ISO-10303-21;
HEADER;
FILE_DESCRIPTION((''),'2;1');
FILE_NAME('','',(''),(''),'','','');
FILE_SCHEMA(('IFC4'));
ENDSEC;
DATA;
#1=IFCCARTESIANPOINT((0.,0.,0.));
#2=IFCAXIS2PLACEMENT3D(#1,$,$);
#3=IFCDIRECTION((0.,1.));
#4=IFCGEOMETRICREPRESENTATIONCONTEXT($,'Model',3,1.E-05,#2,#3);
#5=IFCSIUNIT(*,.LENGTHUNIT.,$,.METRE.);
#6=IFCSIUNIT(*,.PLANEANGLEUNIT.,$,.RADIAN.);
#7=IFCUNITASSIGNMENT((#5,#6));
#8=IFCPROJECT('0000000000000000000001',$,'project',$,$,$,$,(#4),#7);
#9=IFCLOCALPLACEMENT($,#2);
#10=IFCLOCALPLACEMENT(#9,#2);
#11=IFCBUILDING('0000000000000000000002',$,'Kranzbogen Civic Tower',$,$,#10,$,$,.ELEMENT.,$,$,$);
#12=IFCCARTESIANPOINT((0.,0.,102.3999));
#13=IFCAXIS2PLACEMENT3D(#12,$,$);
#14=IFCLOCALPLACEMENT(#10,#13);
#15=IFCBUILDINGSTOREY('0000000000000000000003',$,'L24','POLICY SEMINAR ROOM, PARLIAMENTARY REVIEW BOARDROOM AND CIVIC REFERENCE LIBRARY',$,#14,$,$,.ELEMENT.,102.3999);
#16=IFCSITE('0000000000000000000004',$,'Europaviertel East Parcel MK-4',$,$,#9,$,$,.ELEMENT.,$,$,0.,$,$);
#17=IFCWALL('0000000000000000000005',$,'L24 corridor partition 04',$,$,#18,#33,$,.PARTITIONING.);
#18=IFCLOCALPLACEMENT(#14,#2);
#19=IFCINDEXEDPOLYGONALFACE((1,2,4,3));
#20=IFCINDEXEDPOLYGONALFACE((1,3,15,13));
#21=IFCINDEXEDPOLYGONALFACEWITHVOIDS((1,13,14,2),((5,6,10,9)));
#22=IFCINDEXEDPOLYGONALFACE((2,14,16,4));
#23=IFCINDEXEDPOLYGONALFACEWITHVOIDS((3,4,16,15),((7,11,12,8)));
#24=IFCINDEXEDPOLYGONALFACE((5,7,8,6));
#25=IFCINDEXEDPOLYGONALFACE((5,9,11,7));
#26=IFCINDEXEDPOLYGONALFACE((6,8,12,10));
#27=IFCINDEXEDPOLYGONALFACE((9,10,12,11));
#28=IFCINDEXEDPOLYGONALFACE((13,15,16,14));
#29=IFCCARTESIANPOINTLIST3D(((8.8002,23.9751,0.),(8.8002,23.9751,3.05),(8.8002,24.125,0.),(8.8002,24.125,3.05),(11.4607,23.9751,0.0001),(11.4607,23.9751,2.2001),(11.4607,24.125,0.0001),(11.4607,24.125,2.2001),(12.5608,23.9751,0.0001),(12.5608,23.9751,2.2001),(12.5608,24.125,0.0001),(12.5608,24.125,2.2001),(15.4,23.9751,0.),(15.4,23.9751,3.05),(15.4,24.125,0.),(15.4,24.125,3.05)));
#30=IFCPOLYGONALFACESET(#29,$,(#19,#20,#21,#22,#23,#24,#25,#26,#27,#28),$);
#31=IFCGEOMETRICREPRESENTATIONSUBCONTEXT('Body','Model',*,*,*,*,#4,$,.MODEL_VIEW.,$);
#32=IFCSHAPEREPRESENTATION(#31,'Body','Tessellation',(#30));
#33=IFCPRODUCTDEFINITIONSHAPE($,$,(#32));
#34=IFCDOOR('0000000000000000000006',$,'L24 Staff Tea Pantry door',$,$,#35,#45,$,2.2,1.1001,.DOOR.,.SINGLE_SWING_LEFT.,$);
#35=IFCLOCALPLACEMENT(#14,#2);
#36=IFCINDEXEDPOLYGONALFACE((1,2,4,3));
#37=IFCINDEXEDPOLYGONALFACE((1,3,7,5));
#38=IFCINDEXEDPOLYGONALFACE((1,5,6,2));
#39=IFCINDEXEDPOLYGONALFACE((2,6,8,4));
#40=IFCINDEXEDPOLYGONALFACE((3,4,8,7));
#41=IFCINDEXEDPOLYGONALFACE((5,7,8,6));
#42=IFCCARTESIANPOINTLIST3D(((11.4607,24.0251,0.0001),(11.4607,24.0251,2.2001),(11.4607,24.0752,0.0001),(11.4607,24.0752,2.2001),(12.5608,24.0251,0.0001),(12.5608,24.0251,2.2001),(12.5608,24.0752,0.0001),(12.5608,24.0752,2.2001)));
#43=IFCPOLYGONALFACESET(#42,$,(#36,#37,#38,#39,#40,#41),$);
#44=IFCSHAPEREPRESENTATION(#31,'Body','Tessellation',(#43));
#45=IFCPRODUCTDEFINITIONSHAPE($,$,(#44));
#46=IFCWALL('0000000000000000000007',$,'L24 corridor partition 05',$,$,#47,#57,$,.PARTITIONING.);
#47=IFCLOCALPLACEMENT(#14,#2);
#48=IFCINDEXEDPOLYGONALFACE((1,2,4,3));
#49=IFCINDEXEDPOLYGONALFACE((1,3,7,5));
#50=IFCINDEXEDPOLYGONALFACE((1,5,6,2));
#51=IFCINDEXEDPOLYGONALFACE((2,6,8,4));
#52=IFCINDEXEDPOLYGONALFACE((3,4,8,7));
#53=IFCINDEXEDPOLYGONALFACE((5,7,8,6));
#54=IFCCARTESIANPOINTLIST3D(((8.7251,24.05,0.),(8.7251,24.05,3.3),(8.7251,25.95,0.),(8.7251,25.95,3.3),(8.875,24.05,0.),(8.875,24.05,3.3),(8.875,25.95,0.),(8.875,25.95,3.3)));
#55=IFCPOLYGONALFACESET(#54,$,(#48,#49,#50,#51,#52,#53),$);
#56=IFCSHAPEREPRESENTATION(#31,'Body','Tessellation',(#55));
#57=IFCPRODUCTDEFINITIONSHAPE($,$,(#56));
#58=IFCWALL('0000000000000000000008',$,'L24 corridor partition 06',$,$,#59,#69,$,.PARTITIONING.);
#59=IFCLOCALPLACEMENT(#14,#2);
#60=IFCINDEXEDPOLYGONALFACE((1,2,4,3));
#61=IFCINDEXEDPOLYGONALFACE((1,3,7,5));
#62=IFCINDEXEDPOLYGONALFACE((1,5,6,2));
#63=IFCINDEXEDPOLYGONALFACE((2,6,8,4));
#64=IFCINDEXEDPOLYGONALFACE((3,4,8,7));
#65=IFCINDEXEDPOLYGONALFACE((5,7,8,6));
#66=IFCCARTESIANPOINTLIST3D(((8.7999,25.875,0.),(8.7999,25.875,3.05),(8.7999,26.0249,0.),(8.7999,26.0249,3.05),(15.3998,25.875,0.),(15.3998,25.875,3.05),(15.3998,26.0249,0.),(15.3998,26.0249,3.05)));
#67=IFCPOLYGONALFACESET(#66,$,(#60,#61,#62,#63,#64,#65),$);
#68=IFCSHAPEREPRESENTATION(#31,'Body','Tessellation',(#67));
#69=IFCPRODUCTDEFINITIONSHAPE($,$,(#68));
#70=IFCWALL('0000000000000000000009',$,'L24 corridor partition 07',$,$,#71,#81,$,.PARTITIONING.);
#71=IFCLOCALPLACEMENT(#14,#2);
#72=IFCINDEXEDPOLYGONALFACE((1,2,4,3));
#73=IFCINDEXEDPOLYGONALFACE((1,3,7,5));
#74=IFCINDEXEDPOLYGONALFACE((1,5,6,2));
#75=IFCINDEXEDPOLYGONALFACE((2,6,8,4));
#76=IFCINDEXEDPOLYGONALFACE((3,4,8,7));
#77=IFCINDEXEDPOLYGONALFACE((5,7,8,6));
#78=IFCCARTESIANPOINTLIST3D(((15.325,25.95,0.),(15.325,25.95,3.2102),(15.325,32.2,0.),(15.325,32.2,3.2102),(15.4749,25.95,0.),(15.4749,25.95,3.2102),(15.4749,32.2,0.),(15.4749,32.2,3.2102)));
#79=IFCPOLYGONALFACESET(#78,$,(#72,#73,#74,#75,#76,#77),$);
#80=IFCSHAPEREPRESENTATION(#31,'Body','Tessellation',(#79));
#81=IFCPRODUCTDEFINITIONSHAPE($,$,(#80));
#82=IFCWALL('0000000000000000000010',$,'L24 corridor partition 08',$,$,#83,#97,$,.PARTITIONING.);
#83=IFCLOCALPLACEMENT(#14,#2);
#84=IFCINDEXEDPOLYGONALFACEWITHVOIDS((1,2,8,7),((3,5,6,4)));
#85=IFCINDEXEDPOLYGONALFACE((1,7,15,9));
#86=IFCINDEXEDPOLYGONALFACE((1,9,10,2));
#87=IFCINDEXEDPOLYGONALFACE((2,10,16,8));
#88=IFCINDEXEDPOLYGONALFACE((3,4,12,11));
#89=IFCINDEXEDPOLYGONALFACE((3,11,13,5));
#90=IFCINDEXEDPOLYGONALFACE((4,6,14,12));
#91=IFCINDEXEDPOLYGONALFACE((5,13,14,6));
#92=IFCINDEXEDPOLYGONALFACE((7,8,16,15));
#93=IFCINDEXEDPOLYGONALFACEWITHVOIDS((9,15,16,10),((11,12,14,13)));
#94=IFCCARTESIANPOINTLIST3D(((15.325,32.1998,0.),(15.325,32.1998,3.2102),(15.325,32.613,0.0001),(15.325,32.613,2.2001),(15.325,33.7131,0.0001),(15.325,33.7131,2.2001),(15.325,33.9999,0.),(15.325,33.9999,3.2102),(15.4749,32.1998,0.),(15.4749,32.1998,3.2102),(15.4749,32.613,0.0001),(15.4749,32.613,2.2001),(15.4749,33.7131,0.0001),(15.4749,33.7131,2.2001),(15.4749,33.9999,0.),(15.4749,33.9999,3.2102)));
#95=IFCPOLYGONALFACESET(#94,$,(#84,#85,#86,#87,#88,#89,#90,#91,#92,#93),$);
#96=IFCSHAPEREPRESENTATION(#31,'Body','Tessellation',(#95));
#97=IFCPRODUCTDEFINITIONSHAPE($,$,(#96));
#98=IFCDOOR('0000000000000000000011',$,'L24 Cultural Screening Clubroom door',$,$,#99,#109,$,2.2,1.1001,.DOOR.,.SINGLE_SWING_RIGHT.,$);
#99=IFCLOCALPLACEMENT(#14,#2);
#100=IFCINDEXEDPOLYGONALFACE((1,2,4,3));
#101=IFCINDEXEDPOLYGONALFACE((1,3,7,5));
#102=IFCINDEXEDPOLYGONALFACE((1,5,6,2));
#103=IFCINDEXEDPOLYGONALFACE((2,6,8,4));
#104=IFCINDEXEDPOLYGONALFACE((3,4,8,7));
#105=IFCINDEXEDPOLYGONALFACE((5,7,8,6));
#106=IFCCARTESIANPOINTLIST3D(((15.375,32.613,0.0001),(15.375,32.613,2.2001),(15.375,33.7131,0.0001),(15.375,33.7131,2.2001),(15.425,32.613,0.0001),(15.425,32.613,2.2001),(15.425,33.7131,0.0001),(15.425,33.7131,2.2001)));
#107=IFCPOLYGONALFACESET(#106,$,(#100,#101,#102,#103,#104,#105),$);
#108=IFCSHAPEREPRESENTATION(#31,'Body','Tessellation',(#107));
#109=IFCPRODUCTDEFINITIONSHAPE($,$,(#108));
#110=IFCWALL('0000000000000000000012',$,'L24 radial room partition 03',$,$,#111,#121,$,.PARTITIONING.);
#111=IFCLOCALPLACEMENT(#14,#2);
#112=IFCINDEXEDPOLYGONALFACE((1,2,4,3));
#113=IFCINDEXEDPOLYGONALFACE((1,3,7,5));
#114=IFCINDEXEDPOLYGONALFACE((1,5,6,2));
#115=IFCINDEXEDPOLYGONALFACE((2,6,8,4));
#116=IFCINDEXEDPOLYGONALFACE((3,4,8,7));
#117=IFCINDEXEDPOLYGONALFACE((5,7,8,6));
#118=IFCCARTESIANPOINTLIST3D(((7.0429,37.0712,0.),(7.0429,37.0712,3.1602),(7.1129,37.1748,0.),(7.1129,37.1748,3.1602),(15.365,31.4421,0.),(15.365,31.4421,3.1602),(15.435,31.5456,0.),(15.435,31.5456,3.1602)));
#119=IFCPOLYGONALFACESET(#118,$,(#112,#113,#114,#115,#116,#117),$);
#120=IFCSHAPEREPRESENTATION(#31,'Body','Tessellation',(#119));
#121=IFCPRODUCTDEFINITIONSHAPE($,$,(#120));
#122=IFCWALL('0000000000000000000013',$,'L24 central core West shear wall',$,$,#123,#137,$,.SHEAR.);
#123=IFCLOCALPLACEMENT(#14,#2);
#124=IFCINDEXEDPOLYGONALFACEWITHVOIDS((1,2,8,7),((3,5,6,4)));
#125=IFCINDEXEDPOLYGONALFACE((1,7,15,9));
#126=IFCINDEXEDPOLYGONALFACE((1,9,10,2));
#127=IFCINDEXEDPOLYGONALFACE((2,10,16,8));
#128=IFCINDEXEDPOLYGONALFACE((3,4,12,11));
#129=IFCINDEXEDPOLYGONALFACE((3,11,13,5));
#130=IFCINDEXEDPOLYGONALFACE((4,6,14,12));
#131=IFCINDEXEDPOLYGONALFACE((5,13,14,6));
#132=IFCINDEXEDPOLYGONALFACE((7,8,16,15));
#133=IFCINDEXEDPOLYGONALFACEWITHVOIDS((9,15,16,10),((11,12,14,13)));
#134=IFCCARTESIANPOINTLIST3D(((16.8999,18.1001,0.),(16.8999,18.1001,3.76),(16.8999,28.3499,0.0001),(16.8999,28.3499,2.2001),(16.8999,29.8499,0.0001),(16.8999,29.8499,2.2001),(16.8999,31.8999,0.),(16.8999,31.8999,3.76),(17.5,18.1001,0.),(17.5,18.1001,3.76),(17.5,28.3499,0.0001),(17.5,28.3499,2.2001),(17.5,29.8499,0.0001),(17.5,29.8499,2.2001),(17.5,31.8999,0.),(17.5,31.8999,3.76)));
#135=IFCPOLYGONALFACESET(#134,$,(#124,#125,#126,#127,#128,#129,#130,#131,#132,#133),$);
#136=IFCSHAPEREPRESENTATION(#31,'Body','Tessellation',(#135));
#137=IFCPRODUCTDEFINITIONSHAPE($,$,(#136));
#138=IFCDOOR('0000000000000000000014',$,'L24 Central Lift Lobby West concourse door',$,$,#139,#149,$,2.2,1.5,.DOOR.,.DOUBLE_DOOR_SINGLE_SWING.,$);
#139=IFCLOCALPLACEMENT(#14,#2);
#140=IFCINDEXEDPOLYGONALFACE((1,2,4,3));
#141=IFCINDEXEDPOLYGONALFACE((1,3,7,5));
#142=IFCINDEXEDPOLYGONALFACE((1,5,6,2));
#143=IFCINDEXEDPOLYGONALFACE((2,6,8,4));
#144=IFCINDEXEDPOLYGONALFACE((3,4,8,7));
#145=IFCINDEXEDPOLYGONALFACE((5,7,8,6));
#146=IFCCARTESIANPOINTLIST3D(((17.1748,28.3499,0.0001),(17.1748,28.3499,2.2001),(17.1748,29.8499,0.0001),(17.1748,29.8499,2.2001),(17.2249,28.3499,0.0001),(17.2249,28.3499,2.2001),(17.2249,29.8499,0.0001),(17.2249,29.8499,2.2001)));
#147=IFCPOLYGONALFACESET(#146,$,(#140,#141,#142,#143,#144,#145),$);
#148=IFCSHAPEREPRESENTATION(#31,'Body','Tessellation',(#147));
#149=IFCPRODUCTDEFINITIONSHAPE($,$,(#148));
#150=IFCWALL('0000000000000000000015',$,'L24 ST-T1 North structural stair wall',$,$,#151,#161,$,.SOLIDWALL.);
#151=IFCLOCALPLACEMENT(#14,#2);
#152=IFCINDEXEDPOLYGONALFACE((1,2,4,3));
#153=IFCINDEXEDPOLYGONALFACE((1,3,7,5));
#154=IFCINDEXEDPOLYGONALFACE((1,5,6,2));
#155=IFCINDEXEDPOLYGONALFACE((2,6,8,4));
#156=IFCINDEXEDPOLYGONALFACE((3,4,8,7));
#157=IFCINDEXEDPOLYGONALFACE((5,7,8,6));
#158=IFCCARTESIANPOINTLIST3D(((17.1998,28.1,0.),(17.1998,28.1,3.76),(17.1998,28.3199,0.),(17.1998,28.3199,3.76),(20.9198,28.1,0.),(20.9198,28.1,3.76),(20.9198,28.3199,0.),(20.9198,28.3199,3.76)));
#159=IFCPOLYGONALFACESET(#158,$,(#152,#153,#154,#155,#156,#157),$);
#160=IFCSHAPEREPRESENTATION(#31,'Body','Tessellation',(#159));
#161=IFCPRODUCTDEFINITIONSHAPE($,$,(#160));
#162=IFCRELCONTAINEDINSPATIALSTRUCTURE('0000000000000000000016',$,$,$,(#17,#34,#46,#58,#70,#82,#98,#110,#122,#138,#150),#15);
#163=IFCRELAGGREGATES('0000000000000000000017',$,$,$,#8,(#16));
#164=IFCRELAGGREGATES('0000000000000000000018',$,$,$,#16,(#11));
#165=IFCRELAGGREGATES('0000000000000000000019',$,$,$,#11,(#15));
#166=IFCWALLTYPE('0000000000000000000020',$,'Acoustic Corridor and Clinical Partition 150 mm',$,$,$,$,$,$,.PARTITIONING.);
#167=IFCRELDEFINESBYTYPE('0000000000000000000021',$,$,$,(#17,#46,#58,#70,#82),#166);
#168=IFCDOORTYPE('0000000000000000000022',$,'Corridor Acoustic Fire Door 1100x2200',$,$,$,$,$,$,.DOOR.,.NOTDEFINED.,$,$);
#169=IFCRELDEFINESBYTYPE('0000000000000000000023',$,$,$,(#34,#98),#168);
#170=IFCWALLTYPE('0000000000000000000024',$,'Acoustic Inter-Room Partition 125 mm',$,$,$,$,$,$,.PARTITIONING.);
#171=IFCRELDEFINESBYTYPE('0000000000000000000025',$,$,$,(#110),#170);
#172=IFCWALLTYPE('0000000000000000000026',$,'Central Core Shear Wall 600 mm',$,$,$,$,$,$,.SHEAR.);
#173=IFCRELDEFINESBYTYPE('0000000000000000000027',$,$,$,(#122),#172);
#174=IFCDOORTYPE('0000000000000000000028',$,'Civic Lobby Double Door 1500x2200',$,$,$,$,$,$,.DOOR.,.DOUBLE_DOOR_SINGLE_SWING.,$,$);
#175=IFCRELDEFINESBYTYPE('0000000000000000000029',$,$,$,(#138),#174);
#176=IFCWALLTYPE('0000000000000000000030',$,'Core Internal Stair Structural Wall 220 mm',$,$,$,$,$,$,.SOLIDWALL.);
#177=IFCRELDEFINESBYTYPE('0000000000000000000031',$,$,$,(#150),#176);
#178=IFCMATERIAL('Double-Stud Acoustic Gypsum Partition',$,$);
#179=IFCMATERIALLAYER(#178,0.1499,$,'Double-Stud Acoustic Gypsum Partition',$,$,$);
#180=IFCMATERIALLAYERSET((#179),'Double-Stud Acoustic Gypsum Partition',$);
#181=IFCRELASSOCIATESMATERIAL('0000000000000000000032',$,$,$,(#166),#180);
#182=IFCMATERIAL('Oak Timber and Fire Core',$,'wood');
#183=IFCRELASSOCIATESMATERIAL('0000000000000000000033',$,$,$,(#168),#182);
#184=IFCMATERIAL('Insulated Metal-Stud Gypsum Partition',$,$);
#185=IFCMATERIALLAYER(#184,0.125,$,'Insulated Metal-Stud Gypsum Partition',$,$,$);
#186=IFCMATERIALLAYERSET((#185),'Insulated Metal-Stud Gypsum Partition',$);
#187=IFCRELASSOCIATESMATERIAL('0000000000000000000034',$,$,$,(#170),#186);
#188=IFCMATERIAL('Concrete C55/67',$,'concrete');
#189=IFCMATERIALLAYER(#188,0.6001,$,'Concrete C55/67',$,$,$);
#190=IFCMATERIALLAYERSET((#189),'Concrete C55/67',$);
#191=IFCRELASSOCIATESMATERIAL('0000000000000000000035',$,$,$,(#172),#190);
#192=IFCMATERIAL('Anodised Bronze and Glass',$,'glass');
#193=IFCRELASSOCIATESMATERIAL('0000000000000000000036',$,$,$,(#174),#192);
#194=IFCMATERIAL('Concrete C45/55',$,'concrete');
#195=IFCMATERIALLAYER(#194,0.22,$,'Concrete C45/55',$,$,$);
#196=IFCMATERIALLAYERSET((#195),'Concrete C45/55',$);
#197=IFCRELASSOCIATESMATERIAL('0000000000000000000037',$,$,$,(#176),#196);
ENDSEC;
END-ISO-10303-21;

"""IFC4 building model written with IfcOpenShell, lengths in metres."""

from ifc_helpers import new_model, si_unit, direction, frame, frame_2d, origin, place, context, subcontext, project, spatial, rectangle, extrude, material, layer, layer_set, type_object, element, fill, save


model = new_model("IFC4")

# Units and contexts
model_context = context("Model", 3, precision=1e-05, world=origin(), true_north=direction((0.0, 1.0)))
body_context = subcontext(model_context, "Body", "Model", "MODEL_VIEW")
ifc_project = project(units=[si_unit("LENGTHUNIT", "METRE"), si_unit("PLANEANGLEUNIT", "RADIAN")], contexts=[model_context])

# Site, building, storey
site_placement = place(None, origin())
site = spatial("IfcSite", under=ifc_project, at=site_placement, Name="Europaviertel East Parcel MK-4", CompositionType="ELEMENT", RefElevation=0.0)
building_placement = place(site_placement, origin())
building = spatial("IfcBuilding", under=site, at=building_placement, Name="Kranzbogen Civic Tower", CompositionType="ELEMENT")
storey_placement = place(building_placement, frame((0.0, 0.0, 102.3999)))
storey = spatial("IfcBuildingStorey", under=building, at=storey_placement, Name="L24", Description="POLICY SEMINAR ROOM, PARLIAMENTARY REVIEW BOARDROOM AND CIVIC REFERENCE LIBRARY", CompositionType="ELEMENT", Elevation=102.3999)

# Wall, opening, door
ifc_material_1 = material(Name="Double-Stud Acoustic Gypsum Partition")
ifc_layer_1 = layer(ifc_material_1, 0.1499, Name="Double-Stud Acoustic Gypsum Partition")
ifc_layer_set_1 = layer_set([ifc_layer_1], Name="Double-Stud Acoustic Gypsum Partition")
wall_type_1 = type_object("IfcWallType", Name="Acoustic Corridor and Clinical Partition 150 mm", PredefinedType="PARTITIONING", material=ifc_layer_set_1)
wall_1_placement = place(storey_placement, frame((15.3999, 24.05, 0.0), z_axis=(0.0, 0.0, 1.0), x_axis=(-1.0, 0.0, 0.0)))
wall_1 = element("IfcWall", 1, at=wall_1_placement, inside=storey, type_object=wall_type_1, Name="L24 corridor partition 04", PredefinedType="PARTITIONING", context=body_context, shape_type="SweptSolid", body=[
    extrude(rectangle(XDim=6.5999, YDim=0.1499, at=frame_2d((3.2998, 0.0))), origin(), (0.0, 0.0, 1.0), 3.05),
])
opening_1_placement = place(wall_1_placement, frame((2.8391, 0.0, 0.0)))
opening_1 = element("IfcOpeningElement", 2, at=opening_1_placement, cuts=wall_1, PredefinedType="OPENING", context=body_context, shape_type="SweptSolid", body=[
    extrude(rectangle(XDim=1.1001, YDim=2.2, at=frame_2d((0.55, 1.1001))), frame((0.0, 0.085, 0.0), z_axis=(0.0, -1.0, 0.0), x_axis=(1.0, 0.0, 0.0)), (0.0, 0.0, 1.0), 0.1699),
])
ifc_material_2 = material(Name="Oak Timber and Fire Core", Category="wood")
door_type_1 = type_object("IfcDoorType", Name="Corridor Acoustic Fire Door 1100x2200", OperationType="NOTDEFINED", PredefinedType="DOOR", material=ifc_material_2)
door_1_placement = place(opening_1_placement, origin())
door_1 = element("IfcDoor", 3, at=door_1_placement, inside=storey, type_object=door_type_1, Name="L24 Staff Tea Pantry door", OperationType="SINGLE_SWING_LEFT", OverallHeight=2.2, OverallWidth=1.1001, PredefinedType="DOOR", context=body_context, shape_type="SweptSolid", body=[
    extrude(rectangle(XDim=1.1001, YDim=2.2, at=frame_2d((0.55, 1.1001))), frame((0.0, 0.0249, 0.0), z_axis=(0.0, -1.0, 0.0), x_axis=(1.0, 0.0, 0.0)), (0.0, 0.0, 1.0), 0.05),
])
fill(opening_1, door_1)

# Walls
wall_2_placement = place(storey_placement, frame((8.8, 24.05, 0.0), z_axis=(0.0, 0.0, 1.0), x_axis=(0.0, 1.0, 0.0)))
element("IfcWall", 4, at=wall_2_placement, inside=storey, type_object=wall_type_1, Name="L24 corridor partition 05", PredefinedType="PARTITIONING", context=body_context, shape_type="SweptSolid", body=[
    extrude(rectangle(XDim=1.8999, YDim=0.1499, at=frame_2d((0.95, 0.0))), origin(), (0.0, 0.0, 1.0), 3.3),
])
wall_3_placement = place(storey_placement, frame((8.8, 25.95, 0.0), z_axis=(0.0, 0.0, 1.0), x_axis=(1.0, 0.0, 0.0)))
element("IfcWall", 5, at=wall_3_placement, inside=storey, type_object=wall_type_1, Name="L24 corridor partition 06", PredefinedType="PARTITIONING", context=body_context, shape_type="SweptSolid", body=[
    extrude(rectangle(XDim=6.5999, YDim=0.1499, at=frame_2d((3.2998, 0.0))), origin(), (0.0, 0.0, 1.0), 3.05),
])
wall_4_placement = place(storey_placement, frame((15.3999, 25.95, 0.0), z_axis=(0.0, 0.0, 1.0), x_axis=(0.0, 1.0, 0.0)))
element("IfcWall", 6, at=wall_4_placement, inside=storey, type_object=wall_type_1, Name="L24 corridor partition 07", PredefinedType="PARTITIONING", context=body_context, shape_type="SweptSolid", body=[
    extrude(rectangle(XDim=6.25, YDim=0.1499, at=frame_2d((3.125, 0.0))), origin(), (0.0, 0.0, 1.0), 3.2102),
])

# Wall, opening, door
wall_5_placement = place(storey_placement, frame((15.3999, 32.2, 0.0), z_axis=(0.0, 0.0, 1.0), x_axis=(0.0, 1.0, 0.0)))
wall_5 = element("IfcWall", 7, at=wall_5_placement, inside=storey, type_object=wall_type_1, Name="L24 corridor partition 08", PredefinedType="PARTITIONING", context=body_context, shape_type="SweptSolid", body=[
    extrude(rectangle(XDim=1.8, YDim=0.1499, at=frame_2d((0.8999, 0.0))), origin(), (0.0, 0.0, 1.0), 3.2102),
])
opening_2_placement = place(wall_5_placement, frame((0.4131, 0.0, 0.0)))
opening_2 = element("IfcOpeningElement", 8, at=opening_2_placement, cuts=wall_5, PredefinedType="OPENING", context=body_context, shape_type="SweptSolid", body=[
    extrude(rectangle(XDim=1.1001, YDim=2.2, at=frame_2d((0.55, 1.1001))), frame((0.0, 0.085, 0.0), z_axis=(0.0, -1.0, 0.0), x_axis=(1.0, 0.0, 0.0)), (0.0, 0.0, 1.0), 0.1699),
])
door_2_placement = place(opening_2_placement, origin())
door_2 = element("IfcDoor", 9, at=door_2_placement, inside=storey, type_object=door_type_1, Name="L24 Cultural Screening Clubroom door", OperationType="SINGLE_SWING_RIGHT", OverallHeight=2.2, OverallWidth=1.1001, PredefinedType="DOOR", context=body_context, shape_type="SweptSolid", body=[
    extrude(rectangle(XDim=1.1001, YDim=2.2, at=frame_2d((0.55, 1.1001))), frame((0.0, 0.0249, 0.0), z_axis=(0.0, -1.0, 0.0), x_axis=(1.0, 0.0, 0.0)), (0.0, 0.0, 1.0), 0.05),
])
fill(opening_2, door_2)

# Wall
ifc_material_3 = material(Name="Insulated Metal-Stud Gypsum Partition")
ifc_layer_2 = layer(ifc_material_3, 0.125, Name="Insulated Metal-Stud Gypsum Partition")
ifc_layer_set_2 = layer_set([ifc_layer_2], Name="Insulated Metal-Stud Gypsum Partition")
wall_type_2 = type_object("IfcWallType", Name="Acoustic Inter-Room Partition 125 mm", PredefinedType="PARTITIONING", material=ifc_layer_set_2)
wall_6_placement = place(storey_placement, frame((15.3999, 31.4939, 0.0), z_axis=(0.0, 0.0, 1.0), x_axis=(-0.828304, 0.560278, 0.0)))
element("IfcWall", 10, at=wall_6_placement, inside=storey, type_object=wall_type_2, Name="L24 radial room partition 03", PredefinedType="PARTITIONING", context=body_context, shape_type="SweptSolid", body=[
    extrude(rectangle(XDim=10.0471, YDim=0.125, at=frame_2d((5.0234, 0.0))), origin(), (0.0, 0.0, 1.0), 3.1602),
])

# Wall, opening, door
ifc_material_4 = material(Name="Concrete C55/67", Category="concrete")
ifc_layer_3 = layer(ifc_material_4, 0.6001, Name="Concrete C55/67")
ifc_layer_set_3 = layer_set([ifc_layer_3], Name="Concrete C55/67")
wall_type_3 = type_object("IfcWallType", Name="Central Core Shear Wall 600 mm", PredefinedType="SHEAR", material=ifc_layer_set_3)
wall_7_placement = place(storey_placement, frame((17.2, 31.8999, 0.0), z_axis=(0.0, 0.0, 1.0), x_axis=(0.0, -1.0, 0.0)))
wall_7 = element("IfcWall", 11, at=wall_7_placement, inside=storey, type_object=wall_type_3, Name="L24 central core West shear wall", PredefinedType="SHEAR", context=body_context, shape_type="SweptSolid", body=[
    extrude(rectangle(XDim=13.7998, YDim=0.6001, at=frame_2d((6.8999, 0.0))), origin(), (0.0, 0.0, 1.0), 3.76),
])
opening_3_placement = place(wall_7_placement, frame((2.05, 0.0, 0.0)))
opening_3 = element("IfcOpeningElement", 12, at=opening_3_placement, cuts=wall_7, PredefinedType="OPENING", context=body_context, shape_type="SweptSolid", body=[
    extrude(rectangle(XDim=1.5, YDim=2.2, at=frame_2d((0.75, 1.1001))), frame((0.0, 0.3101, 0.0), z_axis=(0.0, -1.0, 0.0), x_axis=(1.0, 0.0, 0.0)), (0.0, 0.0, 1.0), 0.6201),
])
ifc_material_5 = material(Name="Anodised Bronze and Glass", Category="glass")
door_type_2 = type_object("IfcDoorType", Name="Civic Lobby Double Door 1500x2200", OperationType="DOUBLE_DOOR_SINGLE_SWING", PredefinedType="DOOR", material=ifc_material_5)
door_3_placement = place(opening_3_placement, origin())
door_3 = element("IfcDoor", 13, at=door_3_placement, inside=storey, type_object=door_type_2, Name="L24 Central Lift Lobby West concourse door", OperationType="DOUBLE_DOOR_SINGLE_SWING", OverallHeight=2.2, OverallWidth=1.5, PredefinedType="DOOR", context=body_context, shape_type="SweptSolid", body=[
    extrude(rectangle(XDim=1.5, YDim=2.2, at=frame_2d((0.75, 1.1001))), frame((0.0, 0.0249, 0.0), z_axis=(0.0, -1.0, 0.0), x_axis=(1.0, 0.0, 0.0)), (0.0, 0.0, 1.0), 0.05),
])
fill(opening_3, door_3)

# Wall
ifc_material_6 = material(Name="Concrete C45/55", Category="concrete")
ifc_layer_4 = layer(ifc_material_6, 0.22, Name="Concrete C45/55")
ifc_layer_set_4 = layer_set([ifc_layer_4], Name="Concrete C45/55")
wall_type_4 = type_object("IfcWallType", Name="Core Internal Stair Structural Wall 220 mm", PredefinedType="SOLIDWALL", material=ifc_layer_set_4)
wall_8_placement = place(storey_placement, frame((17.2, 28.21, 0.0), z_axis=(0.0, 0.0, 1.0), x_axis=(1.0, 0.0, 0.0)))
element("IfcWall", 14, at=wall_8_placement, inside=storey, type_object=wall_type_4, Name="L24 ST-T1 North structural stair wall", PredefinedType="SOLIDWALL", context=body_context, shape_type="SweptSolid", body=[
    extrude(rectangle(XDim=3.72, YDim=0.22, at=frame_2d((1.8599, 0.0))), origin(), (0.0, 0.0, 1.0), 3.76),
])

save(model, "model.ifc")
